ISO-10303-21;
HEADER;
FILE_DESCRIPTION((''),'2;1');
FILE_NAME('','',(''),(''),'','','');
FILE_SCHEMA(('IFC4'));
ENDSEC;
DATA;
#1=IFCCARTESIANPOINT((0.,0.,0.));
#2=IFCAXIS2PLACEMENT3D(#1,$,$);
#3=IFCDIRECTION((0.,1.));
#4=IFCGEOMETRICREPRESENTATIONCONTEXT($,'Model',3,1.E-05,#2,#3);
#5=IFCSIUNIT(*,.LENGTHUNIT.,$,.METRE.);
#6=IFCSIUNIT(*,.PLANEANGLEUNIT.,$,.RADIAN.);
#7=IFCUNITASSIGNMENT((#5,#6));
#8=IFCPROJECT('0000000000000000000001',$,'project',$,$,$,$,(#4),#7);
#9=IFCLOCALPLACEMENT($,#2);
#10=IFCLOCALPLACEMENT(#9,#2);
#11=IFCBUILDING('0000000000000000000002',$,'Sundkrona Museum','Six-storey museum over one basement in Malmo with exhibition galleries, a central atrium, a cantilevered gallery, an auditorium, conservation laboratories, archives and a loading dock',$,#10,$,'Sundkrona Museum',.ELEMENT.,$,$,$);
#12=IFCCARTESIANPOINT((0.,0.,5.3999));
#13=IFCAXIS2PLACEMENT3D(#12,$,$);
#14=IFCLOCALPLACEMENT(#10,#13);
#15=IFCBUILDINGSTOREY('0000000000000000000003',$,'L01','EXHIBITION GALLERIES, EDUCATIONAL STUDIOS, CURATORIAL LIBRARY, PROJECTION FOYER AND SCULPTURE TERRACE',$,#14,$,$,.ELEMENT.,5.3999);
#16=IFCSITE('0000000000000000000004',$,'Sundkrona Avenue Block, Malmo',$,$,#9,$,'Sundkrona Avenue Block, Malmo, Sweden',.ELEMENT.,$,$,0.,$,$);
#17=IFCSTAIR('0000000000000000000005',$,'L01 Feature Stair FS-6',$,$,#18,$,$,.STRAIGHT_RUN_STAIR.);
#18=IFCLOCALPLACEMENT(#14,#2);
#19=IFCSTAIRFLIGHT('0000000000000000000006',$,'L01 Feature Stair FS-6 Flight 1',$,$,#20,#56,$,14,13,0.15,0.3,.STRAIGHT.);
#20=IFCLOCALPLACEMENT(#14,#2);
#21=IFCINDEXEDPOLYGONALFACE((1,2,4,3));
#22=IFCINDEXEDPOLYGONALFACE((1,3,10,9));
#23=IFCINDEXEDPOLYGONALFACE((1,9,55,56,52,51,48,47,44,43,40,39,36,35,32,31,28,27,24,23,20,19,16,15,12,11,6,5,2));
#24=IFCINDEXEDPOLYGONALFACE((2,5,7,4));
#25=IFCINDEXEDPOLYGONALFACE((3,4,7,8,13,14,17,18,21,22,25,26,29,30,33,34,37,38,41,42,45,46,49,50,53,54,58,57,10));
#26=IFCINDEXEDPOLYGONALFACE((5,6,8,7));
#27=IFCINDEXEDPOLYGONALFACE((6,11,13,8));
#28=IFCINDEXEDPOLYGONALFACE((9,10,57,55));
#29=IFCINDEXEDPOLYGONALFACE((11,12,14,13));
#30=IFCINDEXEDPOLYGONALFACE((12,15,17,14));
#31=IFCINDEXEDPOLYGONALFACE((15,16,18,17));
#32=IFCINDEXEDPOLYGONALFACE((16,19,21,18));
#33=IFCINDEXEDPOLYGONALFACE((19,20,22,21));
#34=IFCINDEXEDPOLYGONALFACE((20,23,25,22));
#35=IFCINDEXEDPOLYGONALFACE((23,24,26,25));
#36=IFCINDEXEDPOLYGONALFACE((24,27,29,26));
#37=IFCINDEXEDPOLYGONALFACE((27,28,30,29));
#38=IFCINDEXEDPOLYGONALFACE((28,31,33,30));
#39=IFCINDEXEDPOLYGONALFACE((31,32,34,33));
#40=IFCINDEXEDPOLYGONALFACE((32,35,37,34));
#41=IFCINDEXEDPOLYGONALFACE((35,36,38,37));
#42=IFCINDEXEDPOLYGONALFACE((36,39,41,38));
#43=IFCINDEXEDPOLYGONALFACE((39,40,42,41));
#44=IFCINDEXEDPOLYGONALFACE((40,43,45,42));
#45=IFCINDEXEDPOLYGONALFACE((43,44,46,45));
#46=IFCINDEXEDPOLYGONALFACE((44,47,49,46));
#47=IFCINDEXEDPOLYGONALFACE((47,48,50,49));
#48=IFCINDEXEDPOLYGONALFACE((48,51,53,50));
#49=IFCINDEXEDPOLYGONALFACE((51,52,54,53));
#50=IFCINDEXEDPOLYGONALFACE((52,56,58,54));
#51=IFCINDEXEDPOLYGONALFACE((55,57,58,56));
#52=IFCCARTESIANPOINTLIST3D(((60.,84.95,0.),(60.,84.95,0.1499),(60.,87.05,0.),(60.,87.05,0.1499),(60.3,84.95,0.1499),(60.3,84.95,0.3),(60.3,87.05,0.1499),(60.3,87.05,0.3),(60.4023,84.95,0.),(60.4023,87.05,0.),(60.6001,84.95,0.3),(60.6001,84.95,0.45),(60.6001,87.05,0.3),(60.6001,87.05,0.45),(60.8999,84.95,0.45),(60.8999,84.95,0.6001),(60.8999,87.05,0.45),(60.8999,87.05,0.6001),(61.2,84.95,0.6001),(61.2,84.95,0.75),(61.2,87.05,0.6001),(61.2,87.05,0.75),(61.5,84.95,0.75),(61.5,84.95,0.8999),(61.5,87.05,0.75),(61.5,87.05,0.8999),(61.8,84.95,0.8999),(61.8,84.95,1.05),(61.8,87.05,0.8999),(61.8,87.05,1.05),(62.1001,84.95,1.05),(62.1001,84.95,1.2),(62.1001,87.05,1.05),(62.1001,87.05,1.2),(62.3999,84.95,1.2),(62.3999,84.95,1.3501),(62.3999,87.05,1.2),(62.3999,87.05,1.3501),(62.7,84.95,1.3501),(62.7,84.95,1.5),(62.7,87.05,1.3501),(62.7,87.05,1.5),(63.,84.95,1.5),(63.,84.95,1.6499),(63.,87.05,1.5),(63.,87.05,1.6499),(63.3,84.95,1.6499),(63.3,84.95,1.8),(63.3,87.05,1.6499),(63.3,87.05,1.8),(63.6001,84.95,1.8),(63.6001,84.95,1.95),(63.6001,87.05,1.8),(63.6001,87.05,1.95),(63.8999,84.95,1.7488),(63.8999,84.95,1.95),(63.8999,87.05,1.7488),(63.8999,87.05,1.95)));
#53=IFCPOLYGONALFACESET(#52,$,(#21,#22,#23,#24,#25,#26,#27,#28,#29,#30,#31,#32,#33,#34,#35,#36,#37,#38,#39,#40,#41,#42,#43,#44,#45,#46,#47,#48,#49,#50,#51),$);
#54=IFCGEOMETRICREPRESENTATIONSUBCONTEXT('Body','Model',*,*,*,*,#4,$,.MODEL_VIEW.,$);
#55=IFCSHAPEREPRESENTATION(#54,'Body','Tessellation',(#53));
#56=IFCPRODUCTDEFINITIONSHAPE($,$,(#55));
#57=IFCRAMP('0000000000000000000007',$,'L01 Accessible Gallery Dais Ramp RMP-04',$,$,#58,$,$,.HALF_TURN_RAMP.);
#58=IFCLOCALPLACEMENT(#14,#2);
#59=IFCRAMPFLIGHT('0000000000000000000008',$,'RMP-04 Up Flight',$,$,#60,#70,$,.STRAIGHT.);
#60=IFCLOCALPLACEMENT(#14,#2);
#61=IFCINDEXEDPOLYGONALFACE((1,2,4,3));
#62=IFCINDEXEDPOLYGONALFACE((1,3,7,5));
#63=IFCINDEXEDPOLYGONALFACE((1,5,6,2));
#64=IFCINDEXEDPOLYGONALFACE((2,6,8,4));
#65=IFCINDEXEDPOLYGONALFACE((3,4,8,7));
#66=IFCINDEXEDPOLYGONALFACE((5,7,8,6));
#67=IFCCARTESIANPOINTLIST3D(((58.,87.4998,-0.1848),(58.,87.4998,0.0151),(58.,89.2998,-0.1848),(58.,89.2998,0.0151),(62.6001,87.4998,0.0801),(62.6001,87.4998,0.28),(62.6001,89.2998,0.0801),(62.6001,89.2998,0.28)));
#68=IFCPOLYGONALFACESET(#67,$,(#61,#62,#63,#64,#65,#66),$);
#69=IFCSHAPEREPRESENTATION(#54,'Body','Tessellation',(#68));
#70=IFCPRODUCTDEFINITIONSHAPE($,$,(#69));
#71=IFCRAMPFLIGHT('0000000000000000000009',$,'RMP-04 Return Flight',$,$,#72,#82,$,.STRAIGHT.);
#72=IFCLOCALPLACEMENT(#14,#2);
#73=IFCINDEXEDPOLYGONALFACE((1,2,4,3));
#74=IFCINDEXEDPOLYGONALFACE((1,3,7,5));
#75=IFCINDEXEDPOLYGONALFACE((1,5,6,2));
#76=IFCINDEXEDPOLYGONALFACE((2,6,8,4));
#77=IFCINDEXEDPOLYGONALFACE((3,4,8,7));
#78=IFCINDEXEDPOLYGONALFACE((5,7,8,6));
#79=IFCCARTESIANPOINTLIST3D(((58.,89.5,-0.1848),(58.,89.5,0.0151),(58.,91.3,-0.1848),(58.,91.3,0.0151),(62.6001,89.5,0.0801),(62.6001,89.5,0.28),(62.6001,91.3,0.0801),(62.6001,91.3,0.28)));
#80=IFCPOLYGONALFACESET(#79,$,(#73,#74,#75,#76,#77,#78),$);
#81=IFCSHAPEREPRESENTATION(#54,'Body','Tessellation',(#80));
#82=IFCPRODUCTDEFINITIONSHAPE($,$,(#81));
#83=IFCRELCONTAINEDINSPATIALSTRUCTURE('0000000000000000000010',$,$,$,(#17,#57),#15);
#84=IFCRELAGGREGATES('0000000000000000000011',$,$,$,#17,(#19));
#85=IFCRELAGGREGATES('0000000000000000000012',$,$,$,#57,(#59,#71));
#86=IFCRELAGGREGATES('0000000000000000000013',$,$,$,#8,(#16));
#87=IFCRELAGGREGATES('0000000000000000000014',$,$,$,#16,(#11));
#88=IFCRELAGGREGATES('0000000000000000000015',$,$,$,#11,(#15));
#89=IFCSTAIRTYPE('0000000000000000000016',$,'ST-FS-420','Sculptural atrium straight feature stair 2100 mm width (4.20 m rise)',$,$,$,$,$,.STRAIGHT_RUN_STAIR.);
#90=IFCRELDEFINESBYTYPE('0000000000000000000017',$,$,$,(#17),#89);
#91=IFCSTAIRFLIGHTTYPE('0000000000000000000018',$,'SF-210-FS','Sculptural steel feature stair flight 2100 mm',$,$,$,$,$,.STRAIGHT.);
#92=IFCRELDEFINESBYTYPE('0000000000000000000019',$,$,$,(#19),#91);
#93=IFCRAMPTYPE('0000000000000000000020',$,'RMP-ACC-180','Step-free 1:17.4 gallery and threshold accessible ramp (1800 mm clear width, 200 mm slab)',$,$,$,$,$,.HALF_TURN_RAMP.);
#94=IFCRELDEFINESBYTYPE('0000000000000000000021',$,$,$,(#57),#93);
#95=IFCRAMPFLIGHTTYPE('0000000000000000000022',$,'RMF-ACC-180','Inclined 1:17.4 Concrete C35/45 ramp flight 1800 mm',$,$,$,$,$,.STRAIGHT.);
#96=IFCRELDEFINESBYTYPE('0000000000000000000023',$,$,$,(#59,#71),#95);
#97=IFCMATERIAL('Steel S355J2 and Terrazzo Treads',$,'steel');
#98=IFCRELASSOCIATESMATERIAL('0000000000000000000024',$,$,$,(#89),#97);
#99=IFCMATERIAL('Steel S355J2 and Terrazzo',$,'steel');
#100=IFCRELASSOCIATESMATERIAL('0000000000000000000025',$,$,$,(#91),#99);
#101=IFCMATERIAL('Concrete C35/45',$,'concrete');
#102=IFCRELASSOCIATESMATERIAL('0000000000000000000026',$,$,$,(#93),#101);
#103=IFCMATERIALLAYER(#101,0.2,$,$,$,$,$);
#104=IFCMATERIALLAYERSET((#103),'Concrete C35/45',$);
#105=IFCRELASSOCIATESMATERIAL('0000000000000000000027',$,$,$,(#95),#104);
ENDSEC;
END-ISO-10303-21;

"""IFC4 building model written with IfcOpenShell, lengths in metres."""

from ifc_helpers import new_model, si_unit, direction, frame, origin, place, context, subcontext, project, spatial, polyline, outline, extrude, material, layer, layer_set, type_object, element, aggregate, save


model = new_model("IFC4")

# Units and contexts
model_context = context("Model", 3, precision=1e-05, world=origin(), true_north=direction((0.0, 1.0)))
body_context = subcontext(model_context, "Body", "Model", "MODEL_VIEW")
ifc_project = project(units=[si_unit("LENGTHUNIT", "METRE"), si_unit("PLANEANGLEUNIT", "RADIAN")], contexts=[model_context])

# Site, building, storey
site_placement = place(None, origin())
site = spatial("IfcSite", under=ifc_project, at=site_placement, Name="Sundkrona Avenue Block, Malmo", LongName="Sundkrona Avenue Block, Malmo, Sweden", CompositionType="ELEMENT", RefElevation=0.0)
building_placement = place(site_placement, origin())
building = spatial("IfcBuilding", under=site, at=building_placement, Name="Sundkrona Museum", Description="Six-storey museum over one basement in Malmo with exhibition galleries, a central atrium, a cantilevered gallery, an auditorium, conservation laboratories, archives and a loading dock", LongName="Sundkrona Museum", CompositionType="ELEMENT")
storey_placement = place(building_placement, frame((0.0, 0.0, 5.3999)))
storey = spatial("IfcBuildingStorey", under=building, at=storey_placement, Name="L01", Description="EXHIBITION GALLERIES, EDUCATIONAL STUDIOS, CURATORIAL LIBRARY, PROJECTION FOYER AND SCULPTURE TERRACE", CompositionType="ELEMENT", Elevation=5.3999)

# Stair, stair flight
ifc_material_1 = material(Name="Steel S355J2 and Terrazzo Treads", Category="steel")
stair_type = type_object("IfcStairType", Name="ST-FS-420", Description="Sculptural atrium straight feature stair 2100 mm width (4.20 m rise)", PredefinedType="STRAIGHT_RUN_STAIR", material=ifc_material_1)
stair_placement = place(storey_placement, origin())
stair = element("IfcStair", 1, at=stair_placement, inside=storey, type_object=stair_type, Name="L01 Feature Stair FS-6", PredefinedType="STRAIGHT_RUN_STAIR")
ifc_material_2 = material(Name="Steel S355J2 and Terrazzo", Category="steel")
stair_flight_type = type_object("IfcStairFlightType", Name="SF-210-FS", Description="Sculptural steel feature stair flight 2100 mm", PredefinedType="STRAIGHT", material=ifc_material_2)
stair_flight_placement = place(storey_placement, frame((60.0, 86.0, 0.0), z_axis=(0.0, 0.0, 1.0), x_axis=(1.0, 0.0, 0.0)))
stair_flight = element("IfcStairFlight", 2, at=stair_flight_placement, type_object=stair_flight_type, Name="L01 Feature Stair FS-6 Flight 1", NumberOfRisers=14, NumberOfTreads=13, PredefinedType="STRAIGHT", RiserHeight=0.15, TreadLength=0.3, context=body_context, shape_type="SweptSolid", body=[
    extrude(outline(polyline([(0.0, 0.0), (0.0, 0.1499), (0.3, 0.1499), (0.3, 0.3), (0.6001, 0.3), (0.6001, 0.45), (0.8999, 0.45), (0.8999, 0.6001), (1.2, 0.6001), (1.2, 0.75), (1.5, 0.75), (1.5, 0.8999), (1.8, 0.8999), (1.8, 1.05), (2.1001, 1.05), (2.1001, 1.2), (2.3999, 1.2), (2.3999, 1.3501), (2.7, 1.3501), (2.7, 1.5), (3.0, 1.5), (3.0, 1.6499), (3.3, 1.6499), (3.3, 1.8), (3.6001, 1.8), (3.6001, 1.95), (3.8999, 1.95), (3.8999, 2.1001), (3.8999, 1.7488), (0.4023, 0.0), (0.0, 0.0)])), frame((0.0, 1.05, 0.0), z_axis=(0.0, -1.0, 0.0), x_axis=(1.0, 0.0, 0.0)), (0.0, 0.0, 1.0), 2.1001),
])
aggregate(stair, [stair_flight])

# Ramp, ramp flights
ifc_material_3 = material(Name="Concrete C35/45", Category="concrete")
ramp_type = type_object("IfcRampType", Name="RMP-ACC-180", Description="Step-free 1:17.4 gallery and threshold accessible ramp (1800 mm clear width, 200 mm slab)", PredefinedType="HALF_TURN_RAMP", material=ifc_material_3)
ramp_placement = place(storey_placement, origin())
ramp = element("IfcRamp", 3, at=ramp_placement, inside=storey, type_object=ramp_type, Name="L01 Accessible Gallery Dais Ramp RMP-04", PredefinedType="HALF_TURN_RAMP")
ifc_layer_1 = layer(ifc_material_3, 0.2)
ifc_layer_set_1 = layer_set([ifc_layer_1], Name="Concrete C35/45")
ramp_flight_type = type_object("IfcRampFlightType", Name="RMF-ACC-180", Description="Inclined 1:17.4 Concrete C35/45 ramp flight 1800 mm", PredefinedType="STRAIGHT", material=ifc_layer_set_1)
ramp_flight_1_placement = place(storey_placement, frame((58.0, 88.3999, 0.0151), z_axis=(0.0, 0.0, 1.0), x_axis=(1.0, 0.0, 0.0)))
ramp_flight_1 = element("IfcRampFlight", 4, at=ramp_flight_1_placement, type_object=ramp_flight_type, Name="RMP-04 Up Flight", PredefinedType="STRAIGHT", context=body_context, shape_type="SweptSolid", body=[
    extrude(outline(polyline([(0.0, -0.2), (4.6001, 0.0649), (4.6001, 0.2649), (0.0, 0.0), (0.0, -0.2)])), frame((0.0, 0.8999, 0.0), z_axis=(0.0, -1.0, 0.0), x_axis=(1.0, 0.0, 0.0)), (0.0, 0.0, 1.0), 1.8),
])
ramp_flight_2_placement = place(storey_placement, frame((62.6001, 90.3999, 0.28), z_axis=(0.0, 0.0, 1.0), x_axis=(-1.0, 0.0, 0.0)))
ramp_flight_2 = element("IfcRampFlight", 5, at=ramp_flight_2_placement, type_object=ramp_flight_type, Name="RMP-04 Return Flight", PredefinedType="STRAIGHT", context=body_context, shape_type="SweptSolid", body=[
    extrude(outline(polyline([(0.0, -0.2), (4.6001, -0.4648), (4.6001, -0.2649), (0.0, 0.0), (0.0, -0.2)])), frame((0.0, 0.8999, 0.0), z_axis=(0.0, -1.0, 0.0), x_axis=(1.0, 0.0, 0.0)), (0.0, 0.0, 1.0), 1.8),
])
aggregate(ramp, [ramp_flight_1, ramp_flight_2])

save(model, "model.ifc")
